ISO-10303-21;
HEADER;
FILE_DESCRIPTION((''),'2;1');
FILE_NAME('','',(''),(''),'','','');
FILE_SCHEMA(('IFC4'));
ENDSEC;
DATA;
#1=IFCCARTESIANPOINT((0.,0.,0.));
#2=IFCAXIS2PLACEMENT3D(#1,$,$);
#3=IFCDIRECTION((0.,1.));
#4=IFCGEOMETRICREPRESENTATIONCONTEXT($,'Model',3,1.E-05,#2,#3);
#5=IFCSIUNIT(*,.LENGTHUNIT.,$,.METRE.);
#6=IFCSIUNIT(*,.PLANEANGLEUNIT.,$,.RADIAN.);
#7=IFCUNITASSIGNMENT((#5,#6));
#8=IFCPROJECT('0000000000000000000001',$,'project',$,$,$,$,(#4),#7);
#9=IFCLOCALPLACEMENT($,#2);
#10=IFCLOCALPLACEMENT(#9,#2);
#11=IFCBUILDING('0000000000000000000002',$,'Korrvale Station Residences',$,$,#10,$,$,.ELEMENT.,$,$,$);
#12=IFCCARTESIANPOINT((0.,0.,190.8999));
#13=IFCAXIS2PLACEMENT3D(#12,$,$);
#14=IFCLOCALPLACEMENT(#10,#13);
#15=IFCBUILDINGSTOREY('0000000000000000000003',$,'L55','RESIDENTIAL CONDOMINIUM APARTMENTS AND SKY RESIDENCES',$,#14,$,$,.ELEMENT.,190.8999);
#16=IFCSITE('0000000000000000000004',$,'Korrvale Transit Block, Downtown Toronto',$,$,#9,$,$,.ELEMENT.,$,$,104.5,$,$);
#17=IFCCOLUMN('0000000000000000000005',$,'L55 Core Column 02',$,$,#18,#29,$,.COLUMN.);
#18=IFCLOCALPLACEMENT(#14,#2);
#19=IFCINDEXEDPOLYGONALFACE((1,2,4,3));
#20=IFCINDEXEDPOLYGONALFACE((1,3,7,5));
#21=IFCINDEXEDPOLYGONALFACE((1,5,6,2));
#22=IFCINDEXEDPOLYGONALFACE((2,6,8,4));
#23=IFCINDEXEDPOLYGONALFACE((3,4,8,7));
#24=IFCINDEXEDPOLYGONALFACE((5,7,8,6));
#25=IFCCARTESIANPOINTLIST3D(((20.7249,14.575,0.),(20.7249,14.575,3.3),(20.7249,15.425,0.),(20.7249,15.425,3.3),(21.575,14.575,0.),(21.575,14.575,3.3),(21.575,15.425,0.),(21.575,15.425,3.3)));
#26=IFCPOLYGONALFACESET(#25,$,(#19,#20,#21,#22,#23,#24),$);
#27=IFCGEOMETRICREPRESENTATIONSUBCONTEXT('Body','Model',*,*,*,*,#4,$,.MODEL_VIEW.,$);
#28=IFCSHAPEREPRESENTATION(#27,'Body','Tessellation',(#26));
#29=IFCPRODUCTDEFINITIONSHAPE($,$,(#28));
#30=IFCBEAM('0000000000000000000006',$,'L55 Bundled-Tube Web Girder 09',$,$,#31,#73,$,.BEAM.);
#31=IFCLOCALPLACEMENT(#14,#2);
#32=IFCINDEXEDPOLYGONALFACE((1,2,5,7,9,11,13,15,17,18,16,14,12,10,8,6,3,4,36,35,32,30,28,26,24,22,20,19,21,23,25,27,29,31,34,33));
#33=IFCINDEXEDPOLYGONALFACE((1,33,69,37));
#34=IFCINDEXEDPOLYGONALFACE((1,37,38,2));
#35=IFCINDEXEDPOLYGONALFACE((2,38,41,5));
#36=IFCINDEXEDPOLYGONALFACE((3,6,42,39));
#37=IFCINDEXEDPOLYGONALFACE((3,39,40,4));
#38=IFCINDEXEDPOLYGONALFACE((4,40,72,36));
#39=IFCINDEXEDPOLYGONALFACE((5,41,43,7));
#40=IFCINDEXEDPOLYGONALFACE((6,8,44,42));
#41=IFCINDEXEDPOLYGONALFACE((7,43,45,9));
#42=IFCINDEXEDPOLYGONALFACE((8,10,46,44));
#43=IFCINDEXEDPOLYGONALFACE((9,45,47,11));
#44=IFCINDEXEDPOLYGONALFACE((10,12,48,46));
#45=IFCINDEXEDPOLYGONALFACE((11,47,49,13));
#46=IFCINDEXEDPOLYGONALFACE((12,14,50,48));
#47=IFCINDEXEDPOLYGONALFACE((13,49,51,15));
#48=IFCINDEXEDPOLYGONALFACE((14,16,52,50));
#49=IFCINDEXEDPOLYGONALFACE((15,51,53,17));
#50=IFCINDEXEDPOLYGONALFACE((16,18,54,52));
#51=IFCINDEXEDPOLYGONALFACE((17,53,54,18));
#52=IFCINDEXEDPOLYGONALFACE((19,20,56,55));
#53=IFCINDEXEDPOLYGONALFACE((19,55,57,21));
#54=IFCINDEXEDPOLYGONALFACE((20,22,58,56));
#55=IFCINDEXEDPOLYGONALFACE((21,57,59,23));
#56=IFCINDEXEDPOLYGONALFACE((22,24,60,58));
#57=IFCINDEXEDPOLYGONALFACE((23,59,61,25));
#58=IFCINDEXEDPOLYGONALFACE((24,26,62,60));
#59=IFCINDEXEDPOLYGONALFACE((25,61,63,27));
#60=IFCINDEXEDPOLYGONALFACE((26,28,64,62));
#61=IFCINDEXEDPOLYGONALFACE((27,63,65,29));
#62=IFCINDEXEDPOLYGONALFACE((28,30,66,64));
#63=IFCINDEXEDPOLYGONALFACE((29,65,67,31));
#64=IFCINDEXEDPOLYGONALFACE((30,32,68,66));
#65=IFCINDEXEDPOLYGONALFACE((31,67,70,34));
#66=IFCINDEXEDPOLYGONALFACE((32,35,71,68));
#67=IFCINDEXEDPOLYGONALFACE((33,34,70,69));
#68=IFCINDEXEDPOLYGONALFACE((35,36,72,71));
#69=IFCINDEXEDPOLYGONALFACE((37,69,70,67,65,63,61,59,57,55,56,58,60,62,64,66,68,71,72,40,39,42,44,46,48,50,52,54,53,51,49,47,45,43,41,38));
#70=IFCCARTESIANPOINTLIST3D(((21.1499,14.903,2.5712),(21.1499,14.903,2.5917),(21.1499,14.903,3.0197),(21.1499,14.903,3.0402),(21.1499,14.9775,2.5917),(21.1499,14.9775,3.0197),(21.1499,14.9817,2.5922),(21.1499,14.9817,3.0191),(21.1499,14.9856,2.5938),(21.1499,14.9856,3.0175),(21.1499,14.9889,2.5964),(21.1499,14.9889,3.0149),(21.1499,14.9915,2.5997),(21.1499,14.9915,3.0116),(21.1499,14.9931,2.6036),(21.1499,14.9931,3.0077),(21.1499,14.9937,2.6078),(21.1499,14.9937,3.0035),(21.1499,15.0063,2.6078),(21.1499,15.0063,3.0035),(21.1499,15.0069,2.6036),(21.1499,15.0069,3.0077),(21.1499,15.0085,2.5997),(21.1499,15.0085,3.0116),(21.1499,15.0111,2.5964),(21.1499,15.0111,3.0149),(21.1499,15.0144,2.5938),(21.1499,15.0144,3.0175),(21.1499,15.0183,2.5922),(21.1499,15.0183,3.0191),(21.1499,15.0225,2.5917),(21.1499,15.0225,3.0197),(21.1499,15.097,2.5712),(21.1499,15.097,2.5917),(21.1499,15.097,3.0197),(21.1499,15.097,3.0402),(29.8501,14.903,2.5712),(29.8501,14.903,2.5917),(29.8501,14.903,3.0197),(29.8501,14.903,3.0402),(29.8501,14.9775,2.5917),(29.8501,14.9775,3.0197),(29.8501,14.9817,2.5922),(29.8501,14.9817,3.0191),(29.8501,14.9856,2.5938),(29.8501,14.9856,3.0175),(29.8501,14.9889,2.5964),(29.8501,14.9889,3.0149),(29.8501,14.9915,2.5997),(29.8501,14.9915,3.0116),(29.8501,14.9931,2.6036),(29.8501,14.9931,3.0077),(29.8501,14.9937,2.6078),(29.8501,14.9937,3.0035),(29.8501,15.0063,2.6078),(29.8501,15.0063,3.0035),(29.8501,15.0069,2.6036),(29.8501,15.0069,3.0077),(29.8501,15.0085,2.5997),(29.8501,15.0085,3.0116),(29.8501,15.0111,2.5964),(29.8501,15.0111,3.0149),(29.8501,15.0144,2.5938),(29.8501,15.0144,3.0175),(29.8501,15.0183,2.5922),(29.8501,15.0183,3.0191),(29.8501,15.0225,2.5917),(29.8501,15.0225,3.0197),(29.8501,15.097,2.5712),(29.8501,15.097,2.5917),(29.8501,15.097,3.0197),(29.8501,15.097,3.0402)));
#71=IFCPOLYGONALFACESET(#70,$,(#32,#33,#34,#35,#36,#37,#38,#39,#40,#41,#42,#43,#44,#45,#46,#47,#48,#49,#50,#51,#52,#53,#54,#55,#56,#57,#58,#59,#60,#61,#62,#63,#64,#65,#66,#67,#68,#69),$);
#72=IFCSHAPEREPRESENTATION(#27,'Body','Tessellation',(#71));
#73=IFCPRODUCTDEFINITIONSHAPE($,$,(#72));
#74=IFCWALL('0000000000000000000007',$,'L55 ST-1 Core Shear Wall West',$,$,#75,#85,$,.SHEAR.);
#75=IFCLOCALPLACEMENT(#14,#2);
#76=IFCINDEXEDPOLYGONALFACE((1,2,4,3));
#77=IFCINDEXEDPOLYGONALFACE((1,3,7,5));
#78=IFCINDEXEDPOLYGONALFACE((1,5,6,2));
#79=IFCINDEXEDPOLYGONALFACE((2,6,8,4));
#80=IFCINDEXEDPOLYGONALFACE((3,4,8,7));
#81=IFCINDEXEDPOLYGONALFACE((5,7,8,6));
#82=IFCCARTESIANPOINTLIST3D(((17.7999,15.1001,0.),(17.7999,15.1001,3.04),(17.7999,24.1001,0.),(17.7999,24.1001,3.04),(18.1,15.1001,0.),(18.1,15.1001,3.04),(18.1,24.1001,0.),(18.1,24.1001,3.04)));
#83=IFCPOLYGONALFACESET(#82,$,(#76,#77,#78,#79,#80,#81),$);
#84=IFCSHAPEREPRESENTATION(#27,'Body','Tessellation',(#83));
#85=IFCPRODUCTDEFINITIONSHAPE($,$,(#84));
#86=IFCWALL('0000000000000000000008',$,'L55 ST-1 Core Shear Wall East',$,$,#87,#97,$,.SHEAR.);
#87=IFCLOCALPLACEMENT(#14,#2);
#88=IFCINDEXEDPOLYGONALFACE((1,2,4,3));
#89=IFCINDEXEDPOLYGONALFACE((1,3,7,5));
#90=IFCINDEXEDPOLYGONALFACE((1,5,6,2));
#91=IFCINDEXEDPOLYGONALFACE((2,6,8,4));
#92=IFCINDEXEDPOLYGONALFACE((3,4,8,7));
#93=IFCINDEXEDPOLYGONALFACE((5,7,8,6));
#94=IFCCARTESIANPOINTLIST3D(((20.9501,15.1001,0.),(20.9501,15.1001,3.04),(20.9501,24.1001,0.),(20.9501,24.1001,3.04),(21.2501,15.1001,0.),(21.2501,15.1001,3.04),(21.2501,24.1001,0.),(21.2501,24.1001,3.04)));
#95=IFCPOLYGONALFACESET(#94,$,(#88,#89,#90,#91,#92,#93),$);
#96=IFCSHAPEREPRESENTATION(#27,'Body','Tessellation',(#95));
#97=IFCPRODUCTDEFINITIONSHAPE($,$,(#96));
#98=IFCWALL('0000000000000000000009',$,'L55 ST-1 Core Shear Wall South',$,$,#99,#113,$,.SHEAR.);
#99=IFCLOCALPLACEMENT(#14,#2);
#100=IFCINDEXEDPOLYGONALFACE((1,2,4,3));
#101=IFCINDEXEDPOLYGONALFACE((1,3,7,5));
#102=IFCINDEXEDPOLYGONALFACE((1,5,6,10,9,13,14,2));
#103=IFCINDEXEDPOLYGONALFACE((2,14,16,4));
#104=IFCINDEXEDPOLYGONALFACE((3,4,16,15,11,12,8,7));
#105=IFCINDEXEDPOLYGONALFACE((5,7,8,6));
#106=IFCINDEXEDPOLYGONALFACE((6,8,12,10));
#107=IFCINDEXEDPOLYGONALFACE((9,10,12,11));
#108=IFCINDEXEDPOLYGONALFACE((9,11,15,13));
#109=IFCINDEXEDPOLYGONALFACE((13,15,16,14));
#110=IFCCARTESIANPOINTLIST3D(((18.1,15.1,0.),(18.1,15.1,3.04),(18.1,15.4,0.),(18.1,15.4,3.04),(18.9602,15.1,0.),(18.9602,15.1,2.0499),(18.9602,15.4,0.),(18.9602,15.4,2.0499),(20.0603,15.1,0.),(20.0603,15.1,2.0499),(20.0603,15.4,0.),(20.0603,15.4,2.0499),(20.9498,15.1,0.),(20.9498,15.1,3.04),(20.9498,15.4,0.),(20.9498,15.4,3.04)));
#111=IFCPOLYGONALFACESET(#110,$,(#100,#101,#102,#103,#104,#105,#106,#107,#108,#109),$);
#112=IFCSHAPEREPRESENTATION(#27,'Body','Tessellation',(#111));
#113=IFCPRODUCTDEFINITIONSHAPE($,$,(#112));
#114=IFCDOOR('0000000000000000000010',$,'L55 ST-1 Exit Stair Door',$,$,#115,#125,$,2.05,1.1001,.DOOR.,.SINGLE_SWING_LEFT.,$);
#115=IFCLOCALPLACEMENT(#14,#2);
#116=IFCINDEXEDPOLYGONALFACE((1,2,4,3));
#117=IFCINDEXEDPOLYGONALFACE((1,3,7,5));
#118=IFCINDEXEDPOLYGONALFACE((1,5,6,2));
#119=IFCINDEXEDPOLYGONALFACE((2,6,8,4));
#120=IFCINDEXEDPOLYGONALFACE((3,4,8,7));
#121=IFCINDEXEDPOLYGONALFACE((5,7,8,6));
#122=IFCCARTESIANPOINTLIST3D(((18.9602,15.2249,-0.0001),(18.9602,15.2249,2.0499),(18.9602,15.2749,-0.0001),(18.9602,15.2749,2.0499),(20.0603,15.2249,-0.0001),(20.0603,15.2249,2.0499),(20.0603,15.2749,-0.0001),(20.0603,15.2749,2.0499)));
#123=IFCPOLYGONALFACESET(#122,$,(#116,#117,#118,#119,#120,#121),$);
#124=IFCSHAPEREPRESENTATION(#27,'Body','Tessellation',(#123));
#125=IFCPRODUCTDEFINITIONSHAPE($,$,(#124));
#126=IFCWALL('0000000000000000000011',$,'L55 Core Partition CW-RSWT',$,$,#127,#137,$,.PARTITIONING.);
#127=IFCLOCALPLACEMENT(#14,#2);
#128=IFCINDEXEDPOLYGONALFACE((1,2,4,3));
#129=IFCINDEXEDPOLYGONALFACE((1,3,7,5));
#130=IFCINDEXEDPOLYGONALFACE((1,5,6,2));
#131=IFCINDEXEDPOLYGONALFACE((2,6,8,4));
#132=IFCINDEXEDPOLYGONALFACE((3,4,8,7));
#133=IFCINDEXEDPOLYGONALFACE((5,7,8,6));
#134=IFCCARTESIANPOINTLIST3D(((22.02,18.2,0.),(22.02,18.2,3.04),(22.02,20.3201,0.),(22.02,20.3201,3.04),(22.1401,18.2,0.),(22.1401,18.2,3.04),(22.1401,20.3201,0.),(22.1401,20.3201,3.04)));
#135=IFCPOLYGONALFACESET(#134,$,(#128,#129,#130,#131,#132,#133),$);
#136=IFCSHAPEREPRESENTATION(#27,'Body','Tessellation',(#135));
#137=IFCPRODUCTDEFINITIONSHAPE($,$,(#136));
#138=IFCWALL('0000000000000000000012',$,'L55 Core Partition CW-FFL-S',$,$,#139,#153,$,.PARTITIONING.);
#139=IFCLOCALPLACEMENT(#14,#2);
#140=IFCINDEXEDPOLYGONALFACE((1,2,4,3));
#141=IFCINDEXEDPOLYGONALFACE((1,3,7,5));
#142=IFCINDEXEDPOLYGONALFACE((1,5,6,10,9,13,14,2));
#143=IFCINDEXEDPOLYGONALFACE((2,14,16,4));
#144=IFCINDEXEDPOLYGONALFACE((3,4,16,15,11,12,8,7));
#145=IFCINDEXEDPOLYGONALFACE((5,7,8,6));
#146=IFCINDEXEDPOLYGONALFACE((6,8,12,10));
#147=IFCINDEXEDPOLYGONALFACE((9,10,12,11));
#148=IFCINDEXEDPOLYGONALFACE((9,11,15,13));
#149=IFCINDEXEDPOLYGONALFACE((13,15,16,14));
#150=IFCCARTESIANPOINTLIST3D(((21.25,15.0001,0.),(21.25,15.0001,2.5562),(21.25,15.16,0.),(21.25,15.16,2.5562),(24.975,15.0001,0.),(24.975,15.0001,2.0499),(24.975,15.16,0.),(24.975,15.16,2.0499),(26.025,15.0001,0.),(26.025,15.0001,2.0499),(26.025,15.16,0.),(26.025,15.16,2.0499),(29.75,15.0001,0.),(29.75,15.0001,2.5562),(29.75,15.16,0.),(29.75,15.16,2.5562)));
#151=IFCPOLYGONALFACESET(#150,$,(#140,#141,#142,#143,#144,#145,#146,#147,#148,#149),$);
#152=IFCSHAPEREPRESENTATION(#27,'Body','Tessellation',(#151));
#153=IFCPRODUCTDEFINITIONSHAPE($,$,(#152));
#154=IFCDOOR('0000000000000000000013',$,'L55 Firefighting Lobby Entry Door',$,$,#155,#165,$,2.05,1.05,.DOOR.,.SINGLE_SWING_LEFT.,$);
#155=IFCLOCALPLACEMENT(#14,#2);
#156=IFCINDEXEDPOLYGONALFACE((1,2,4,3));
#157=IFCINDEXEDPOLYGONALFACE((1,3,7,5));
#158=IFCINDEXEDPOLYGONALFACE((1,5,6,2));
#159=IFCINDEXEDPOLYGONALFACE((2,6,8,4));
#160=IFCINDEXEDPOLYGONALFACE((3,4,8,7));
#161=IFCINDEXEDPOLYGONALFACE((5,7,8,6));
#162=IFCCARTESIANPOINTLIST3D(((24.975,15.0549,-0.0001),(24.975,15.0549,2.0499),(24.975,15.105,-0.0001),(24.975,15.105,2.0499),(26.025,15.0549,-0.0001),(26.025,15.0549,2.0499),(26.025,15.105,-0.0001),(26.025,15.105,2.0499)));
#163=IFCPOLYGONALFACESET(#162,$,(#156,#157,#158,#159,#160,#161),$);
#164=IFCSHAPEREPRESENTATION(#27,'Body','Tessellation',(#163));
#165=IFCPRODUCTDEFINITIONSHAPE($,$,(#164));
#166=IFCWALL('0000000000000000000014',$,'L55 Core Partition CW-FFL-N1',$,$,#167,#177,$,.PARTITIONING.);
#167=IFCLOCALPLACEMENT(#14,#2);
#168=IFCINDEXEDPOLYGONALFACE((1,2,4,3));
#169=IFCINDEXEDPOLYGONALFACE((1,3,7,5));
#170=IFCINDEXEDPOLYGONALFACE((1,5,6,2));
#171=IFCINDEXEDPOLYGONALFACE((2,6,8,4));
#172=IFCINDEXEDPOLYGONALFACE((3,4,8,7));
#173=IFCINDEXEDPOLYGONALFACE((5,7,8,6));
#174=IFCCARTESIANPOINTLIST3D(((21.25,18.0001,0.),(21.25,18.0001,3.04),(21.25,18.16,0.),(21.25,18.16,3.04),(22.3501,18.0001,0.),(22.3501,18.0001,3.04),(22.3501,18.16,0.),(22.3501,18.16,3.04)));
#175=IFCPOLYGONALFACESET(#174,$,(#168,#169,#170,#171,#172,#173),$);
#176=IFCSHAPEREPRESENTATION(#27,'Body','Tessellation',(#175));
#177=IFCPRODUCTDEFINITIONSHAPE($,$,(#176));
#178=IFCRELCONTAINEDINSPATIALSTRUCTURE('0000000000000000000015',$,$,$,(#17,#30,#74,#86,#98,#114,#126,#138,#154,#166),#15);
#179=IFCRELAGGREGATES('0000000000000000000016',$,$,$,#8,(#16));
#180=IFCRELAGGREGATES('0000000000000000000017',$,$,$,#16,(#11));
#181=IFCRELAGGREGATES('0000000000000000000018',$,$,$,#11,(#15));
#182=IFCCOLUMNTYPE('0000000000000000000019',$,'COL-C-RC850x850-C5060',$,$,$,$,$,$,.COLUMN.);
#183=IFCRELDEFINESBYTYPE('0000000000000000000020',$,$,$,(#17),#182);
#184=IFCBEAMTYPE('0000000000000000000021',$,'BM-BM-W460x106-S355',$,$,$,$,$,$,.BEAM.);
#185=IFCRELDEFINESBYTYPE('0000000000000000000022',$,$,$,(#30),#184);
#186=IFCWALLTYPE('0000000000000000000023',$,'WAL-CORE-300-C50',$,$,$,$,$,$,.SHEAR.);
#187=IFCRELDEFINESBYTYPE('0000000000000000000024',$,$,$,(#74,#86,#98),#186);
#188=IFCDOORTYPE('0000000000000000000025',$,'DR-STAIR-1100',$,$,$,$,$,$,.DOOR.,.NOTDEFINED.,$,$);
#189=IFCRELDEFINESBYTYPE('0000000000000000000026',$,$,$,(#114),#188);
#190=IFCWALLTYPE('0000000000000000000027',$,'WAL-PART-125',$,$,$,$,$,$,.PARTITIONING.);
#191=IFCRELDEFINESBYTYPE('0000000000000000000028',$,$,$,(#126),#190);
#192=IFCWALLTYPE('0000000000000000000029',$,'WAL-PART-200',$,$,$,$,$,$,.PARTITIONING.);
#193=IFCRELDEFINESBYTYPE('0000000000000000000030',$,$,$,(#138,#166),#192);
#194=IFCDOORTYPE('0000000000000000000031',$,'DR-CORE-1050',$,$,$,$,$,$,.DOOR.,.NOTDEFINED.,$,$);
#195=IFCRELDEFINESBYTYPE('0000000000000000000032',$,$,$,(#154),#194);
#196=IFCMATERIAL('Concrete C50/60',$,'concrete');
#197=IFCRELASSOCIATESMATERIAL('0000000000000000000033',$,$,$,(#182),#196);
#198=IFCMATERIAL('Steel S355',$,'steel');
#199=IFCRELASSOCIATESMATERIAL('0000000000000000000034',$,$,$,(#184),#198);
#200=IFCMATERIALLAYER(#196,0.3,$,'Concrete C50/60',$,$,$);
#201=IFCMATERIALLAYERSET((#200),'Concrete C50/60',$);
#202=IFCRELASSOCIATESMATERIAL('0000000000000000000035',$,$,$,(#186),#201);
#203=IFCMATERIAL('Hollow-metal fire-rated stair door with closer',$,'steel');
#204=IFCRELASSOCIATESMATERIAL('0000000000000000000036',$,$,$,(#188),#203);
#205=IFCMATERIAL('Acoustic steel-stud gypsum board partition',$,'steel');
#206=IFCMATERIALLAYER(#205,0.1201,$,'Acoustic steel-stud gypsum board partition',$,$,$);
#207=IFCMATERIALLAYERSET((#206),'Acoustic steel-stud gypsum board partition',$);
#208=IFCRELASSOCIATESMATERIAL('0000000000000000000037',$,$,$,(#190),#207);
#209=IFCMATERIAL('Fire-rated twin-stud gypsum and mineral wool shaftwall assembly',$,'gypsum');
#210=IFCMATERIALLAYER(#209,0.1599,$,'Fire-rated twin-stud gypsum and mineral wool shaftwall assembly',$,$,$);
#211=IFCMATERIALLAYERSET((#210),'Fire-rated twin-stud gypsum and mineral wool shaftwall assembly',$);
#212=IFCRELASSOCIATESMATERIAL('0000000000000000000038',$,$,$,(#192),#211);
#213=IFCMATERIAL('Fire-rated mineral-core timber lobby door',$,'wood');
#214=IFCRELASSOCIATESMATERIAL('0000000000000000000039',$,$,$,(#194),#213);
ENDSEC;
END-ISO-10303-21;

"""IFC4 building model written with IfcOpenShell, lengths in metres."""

from ifc_helpers import new_model, si_unit, direction, frame, frame_2d, origin, origin_2d, place, context, subcontext, project, spatial, rectangle, i_section, extrude, material, layer, layer_set, material_profile, profile_set, type_object, element, fill, save


model = new_model("IFC4")

# Units and contexts
model_context = context("Model", 3, precision=1e-05, world=origin(), true_north=direction((0.0, 1.0)))
body_context = subcontext(model_context, "Body", "Model", "MODEL_VIEW")
ifc_project = project(units=[si_unit("LENGTHUNIT", "METRE"), si_unit("PLANEANGLEUNIT", "RADIAN")], contexts=[model_context])

# Site, building, storey
site_placement = place(None, origin())
site = spatial("IfcSite", under=ifc_project, at=site_placement, Name="Korrvale Transit Block, Downtown Toronto", CompositionType="ELEMENT", RefElevation=104.5)
building_placement = place(site_placement, origin())
building = spatial("IfcBuilding", under=site, at=building_placement, Name="Korrvale Station Residences", CompositionType="ELEMENT")
storey_placement = place(building_placement, frame((0.0, 0.0, 190.8999)))
storey = spatial("IfcBuildingStorey", under=building, at=storey_placement, Name="L55", Description="RESIDENTIAL CONDOMINIUM APARTMENTS AND SKY RESIDENCES", CompositionType="ELEMENT", Elevation=190.8999)

# Column
ifc_material_1 = material(Name="Concrete C50/60", Category="concrete")
ifc_material_profile_1 = material_profile(ifc_material_1, rectangle(XDim=0.8501, YDim=0.8501, at=origin_2d()), Name="RC850x850")
ifc_profile_set_1 = profile_set([ifc_material_profile_1], Name="Concrete C50/60")
column_type = type_object("IfcColumnType", Name="COL-C-RC850x850-C5060", PredefinedType="COLUMN", material=ifc_profile_set_1)
column_placement = place(storey_placement, frame((21.1499, 15.0, 0.0), z_axis=(0.0, 0.0, 1.0), x_axis=(1.0, 0.0, 0.0)))
element("IfcColumn", 1, at=column_placement, inside=storey, type_object=column_type, Name="L55 Core Column 02", PredefinedType="COLUMN", context=body_context, shape_type="SweptSolid", body=[
    extrude(rectangle(XDim=0.8501, YDim=0.8501, at=origin_2d()), origin(), (0.0, 0.0, 1.0), 3.3),
])

# Beam
ifc_material_2 = material(Name="Steel S355", Category="steel")
ifc_material_profile_2 = material_profile(ifc_material_2, i_section(OverallWidth=0.1941, OverallDepth=0.469, WebThickness=0.0127, FlangeThickness=0.0205, FilletRadius=0.0161, at=origin_2d()), Name="W460x106")
ifc_profile_set_2 = profile_set([ifc_material_profile_2], Name="Steel S355")
beam_type = type_object("IfcBeamType", Name="BM-BM-W460x106-S355", PredefinedType="BEAM", material=ifc_profile_set_2)
beam_placement = place(storey_placement, frame((21.1499, 15.0, 2.8057), z_axis=(1.0, 0.0, 0.0), x_axis=(0.0, 1.0, 0.0)))
element("IfcBeam", 2, at=beam_placement, inside=storey, type_object=beam_type, Name="L55 Bundled-Tube Web Girder 09", PredefinedType="BEAM", context=body_context, shape_type="SweptSolid", body=[
    extrude(i_section(OverallWidth=0.1941, OverallDepth=0.469, WebThickness=0.0127, FlangeThickness=0.0205, FilletRadius=0.0161, at=origin_2d()), origin(), (0.0, 0.0, 1.0), 8.7002),
])

# Walls
ifc_layer_1 = layer(ifc_material_1, 0.3, Name="Concrete C50/60")
ifc_layer_set_1 = layer_set([ifc_layer_1], Name="Concrete C50/60")
wall_type_1 = type_object("IfcWallType", Name="WAL-CORE-300-C50", PredefinedType="SHEAR", material=ifc_layer_set_1)
for number, where, z_axis, x_axis, name in (
    (3, (17.95, 15.1001, 0.0), (0.0, 0.0, 1.0), (0.0, 1.0, 0.0), "L55 ST-1 Core Shear Wall West"),
    (4, (21.1001, 15.1001, 0.0), (0.0, 0.0, 1.0), (0.0, 1.0, 0.0), "L55 ST-1 Core Shear Wall East"),
):
    element("IfcWall", number, at=place(storey_placement, frame(where, z_axis=z_axis, x_axis=x_axis)), inside=storey, type_object=wall_type_1, Name=name, PredefinedType="SHEAR", context=body_context, shape_type="SweptSolid", body=[
        extrude(rectangle(XDim=9.0, YDim=0.3, at=frame_2d((4.5, 0.0))), origin(), (0.0, 0.0, 1.0), 3.04),
    ])

# Wall, opening, door
wall_1_placement = place(storey_placement, frame((18.1001, 15.25, 0.0), z_axis=(0.0, 0.0, 1.0), x_axis=(1.0, 0.0, 0.0)))
wall_1 = element("IfcWall", 5, at=wall_1_placement, inside=storey, type_object=wall_type_1, Name="L55 ST-1 Core Shear Wall South", PredefinedType="SHEAR", context=body_context, shape_type="SweptSolid", body=[
    extrude(rectangle(XDim=2.8499, YDim=0.3, at=frame_2d((1.4248, 0.0))), origin(), (0.0, 0.0, 1.0), 3.04),
])
opening_1_placement = place(wall_1_placement, frame((0.8601, 0.0, 0.0)))
opening_1 = element("IfcOpeningElement", 6, at=opening_1_placement, cuts=wall_1, PredefinedType="OPENING", context=body_context, shape_type="SweptSolid", body=[
    extrude(rectangle(XDim=1.1001, YDim=2.05, at=frame_2d((0.55, 1.0249))), frame((0.0, 0.1602, 0.0), z_axis=(0.0, -1.0, 0.0), x_axis=(1.0, 0.0, 0.0)), (0.0, 0.0, 1.0), 0.3201),
])
ifc_material_3 = material(Name="Hollow-metal fire-rated stair door with closer", Category="steel")
door_type_1 = type_object("IfcDoorType", Name="DR-STAIR-1100", OperationType="NOTDEFINED", PredefinedType="DOOR", material=ifc_material_3)
door_1_placement = place(opening_1_placement, origin())
door_1 = element("IfcDoor", 7, at=door_1_placement, inside=storey, type_object=door_type_1, Name="L55 ST-1 Exit Stair Door", OperationType="SINGLE_SWING_LEFT", OverallHeight=2.05, OverallWidth=1.1001, PredefinedType="DOOR", context=body_context, shape_type="SweptSolid", body=[
    extrude(rectangle(XDim=1.1001, YDim=2.05, at=frame_2d((0.55, 1.0249))), frame((0.0, 0.0249, 0.0), z_axis=(0.0, -1.0, 0.0), x_axis=(1.0, 0.0, 0.0)), (0.0, 0.0, 1.0), 0.05),
])
fill(opening_1, door_1)

# Wall
ifc_material_4 = material(Name="Acoustic steel-stud gypsum board partition", Category="steel")
ifc_layer_2 = layer(ifc_material_4, 0.1201, Name="Acoustic steel-stud gypsum board partition")
ifc_layer_set_2 = layer_set([ifc_layer_2], Name="Acoustic steel-stud gypsum board partition")
wall_type_2 = type_object("IfcWallType", Name="WAL-PART-125", PredefinedType="PARTITIONING", material=ifc_layer_set_2)
wall_2_placement = place(storey_placement, frame((22.0801, 18.2, 0.0), z_axis=(0.0, 0.0, 1.0), x_axis=(0.0, 1.0, 0.0)))
element("IfcWall", 8, at=wall_2_placement, inside=storey, type_object=wall_type_2, Name="L55 Core Partition CW-RSWT", PredefinedType="PARTITIONING", context=body_context, shape_type="SweptSolid", body=[
    extrude(rectangle(XDim=2.1201, YDim=0.1201, at=frame_2d((1.0601, 0.0))), origin(), (0.0, 0.0, 1.0), 3.04),
])

# Wall, opening, door
ifc_material_5 = material(Name="Fire-rated twin-stud gypsum and mineral wool shaftwall assembly", Category="gypsum")
ifc_layer_3 = layer(ifc_material_5, 0.1599, Name="Fire-rated twin-stud gypsum and mineral wool shaftwall assembly")
ifc_layer_set_3 = layer_set([ifc_layer_3], Name="Fire-rated twin-stud gypsum and mineral wool shaftwall assembly")
wall_type_3 = type_object("IfcWallType", Name="WAL-PART-200", PredefinedType="PARTITIONING", material=ifc_layer_set_3)
wall_3_placement = place(storey_placement, frame((21.25, 15.0801, 0.0), z_axis=(0.0, 0.0, 1.0), x_axis=(1.0, 0.0, 0.0)))
wall_3 = element("IfcWall", 9, at=wall_3_placement, inside=storey, type_object=wall_type_3, Name="L55 Core Partition CW-FFL-S", PredefinedType="PARTITIONING", context=body_context, shape_type="SweptSolid", body=[
    extrude(rectangle(XDim=8.5, YDim=0.1599, at=frame_2d((4.25, 0.0))), origin(), (0.0, 0.0, 1.0), 2.5562),
])
opening_2_placement = place(wall_3_placement, frame((3.7251, 0.0, 0.0)))
opening_2 = element("IfcOpeningElement", 10, at=opening_2_placement, cuts=wall_3, PredefinedType="OPENING", context=body_context, shape_type="SweptSolid", body=[
    extrude(rectangle(XDim=1.05, YDim=2.05, at=frame_2d((0.5249, 1.0249))), frame((0.0, 0.0898, 0.0), z_axis=(0.0, -1.0, 0.0), x_axis=(1.0, 0.0, 0.0)), (0.0, 0.0, 1.0), 0.1799),
])
ifc_material_6 = material(Name="Fire-rated mineral-core timber lobby door", Category="wood")
door_type_2 = type_object("IfcDoorType", Name="DR-CORE-1050", OperationType="NOTDEFINED", PredefinedType="DOOR", material=ifc_material_6)
door_2_placement = place(opening_2_placement, origin())
door_2 = element("IfcDoor", 11, at=door_2_placement, inside=storey, type_object=door_type_2, Name="L55 Firefighting Lobby Entry Door", OperationType="SINGLE_SWING_LEFT", OverallHeight=2.05, OverallWidth=1.05, PredefinedType="DOOR", context=body_context, shape_type="SweptSolid", body=[
    extrude(rectangle(XDim=1.05, YDim=2.05, at=frame_2d((0.5249, 1.0249))), frame((0.0, 0.0249, 0.0), z_axis=(0.0, -1.0, 0.0), x_axis=(1.0, 0.0, 0.0)), (0.0, 0.0, 1.0), 0.05),
])
fill(opening_2, door_2)

# Wall
wall_4_placement = place(storey_placement, frame((21.25, 18.0801, 0.0), z_axis=(0.0, 0.0, 1.0), x_axis=(1.0, 0.0, 0.0)))
element("IfcWall", 12, at=wall_4_placement, inside=storey, type_object=wall_type_3, Name="L55 Core Partition CW-FFL-N1", PredefinedType="PARTITIONING", context=body_context, shape_type="SweptSolid", body=[
    extrude(rectangle(XDim=1.1001, YDim=0.1599, at=frame_2d((0.55, 0.0))), origin(), (0.0, 0.0, 1.0), 3.04),
])

save(model, "model.ifc")
